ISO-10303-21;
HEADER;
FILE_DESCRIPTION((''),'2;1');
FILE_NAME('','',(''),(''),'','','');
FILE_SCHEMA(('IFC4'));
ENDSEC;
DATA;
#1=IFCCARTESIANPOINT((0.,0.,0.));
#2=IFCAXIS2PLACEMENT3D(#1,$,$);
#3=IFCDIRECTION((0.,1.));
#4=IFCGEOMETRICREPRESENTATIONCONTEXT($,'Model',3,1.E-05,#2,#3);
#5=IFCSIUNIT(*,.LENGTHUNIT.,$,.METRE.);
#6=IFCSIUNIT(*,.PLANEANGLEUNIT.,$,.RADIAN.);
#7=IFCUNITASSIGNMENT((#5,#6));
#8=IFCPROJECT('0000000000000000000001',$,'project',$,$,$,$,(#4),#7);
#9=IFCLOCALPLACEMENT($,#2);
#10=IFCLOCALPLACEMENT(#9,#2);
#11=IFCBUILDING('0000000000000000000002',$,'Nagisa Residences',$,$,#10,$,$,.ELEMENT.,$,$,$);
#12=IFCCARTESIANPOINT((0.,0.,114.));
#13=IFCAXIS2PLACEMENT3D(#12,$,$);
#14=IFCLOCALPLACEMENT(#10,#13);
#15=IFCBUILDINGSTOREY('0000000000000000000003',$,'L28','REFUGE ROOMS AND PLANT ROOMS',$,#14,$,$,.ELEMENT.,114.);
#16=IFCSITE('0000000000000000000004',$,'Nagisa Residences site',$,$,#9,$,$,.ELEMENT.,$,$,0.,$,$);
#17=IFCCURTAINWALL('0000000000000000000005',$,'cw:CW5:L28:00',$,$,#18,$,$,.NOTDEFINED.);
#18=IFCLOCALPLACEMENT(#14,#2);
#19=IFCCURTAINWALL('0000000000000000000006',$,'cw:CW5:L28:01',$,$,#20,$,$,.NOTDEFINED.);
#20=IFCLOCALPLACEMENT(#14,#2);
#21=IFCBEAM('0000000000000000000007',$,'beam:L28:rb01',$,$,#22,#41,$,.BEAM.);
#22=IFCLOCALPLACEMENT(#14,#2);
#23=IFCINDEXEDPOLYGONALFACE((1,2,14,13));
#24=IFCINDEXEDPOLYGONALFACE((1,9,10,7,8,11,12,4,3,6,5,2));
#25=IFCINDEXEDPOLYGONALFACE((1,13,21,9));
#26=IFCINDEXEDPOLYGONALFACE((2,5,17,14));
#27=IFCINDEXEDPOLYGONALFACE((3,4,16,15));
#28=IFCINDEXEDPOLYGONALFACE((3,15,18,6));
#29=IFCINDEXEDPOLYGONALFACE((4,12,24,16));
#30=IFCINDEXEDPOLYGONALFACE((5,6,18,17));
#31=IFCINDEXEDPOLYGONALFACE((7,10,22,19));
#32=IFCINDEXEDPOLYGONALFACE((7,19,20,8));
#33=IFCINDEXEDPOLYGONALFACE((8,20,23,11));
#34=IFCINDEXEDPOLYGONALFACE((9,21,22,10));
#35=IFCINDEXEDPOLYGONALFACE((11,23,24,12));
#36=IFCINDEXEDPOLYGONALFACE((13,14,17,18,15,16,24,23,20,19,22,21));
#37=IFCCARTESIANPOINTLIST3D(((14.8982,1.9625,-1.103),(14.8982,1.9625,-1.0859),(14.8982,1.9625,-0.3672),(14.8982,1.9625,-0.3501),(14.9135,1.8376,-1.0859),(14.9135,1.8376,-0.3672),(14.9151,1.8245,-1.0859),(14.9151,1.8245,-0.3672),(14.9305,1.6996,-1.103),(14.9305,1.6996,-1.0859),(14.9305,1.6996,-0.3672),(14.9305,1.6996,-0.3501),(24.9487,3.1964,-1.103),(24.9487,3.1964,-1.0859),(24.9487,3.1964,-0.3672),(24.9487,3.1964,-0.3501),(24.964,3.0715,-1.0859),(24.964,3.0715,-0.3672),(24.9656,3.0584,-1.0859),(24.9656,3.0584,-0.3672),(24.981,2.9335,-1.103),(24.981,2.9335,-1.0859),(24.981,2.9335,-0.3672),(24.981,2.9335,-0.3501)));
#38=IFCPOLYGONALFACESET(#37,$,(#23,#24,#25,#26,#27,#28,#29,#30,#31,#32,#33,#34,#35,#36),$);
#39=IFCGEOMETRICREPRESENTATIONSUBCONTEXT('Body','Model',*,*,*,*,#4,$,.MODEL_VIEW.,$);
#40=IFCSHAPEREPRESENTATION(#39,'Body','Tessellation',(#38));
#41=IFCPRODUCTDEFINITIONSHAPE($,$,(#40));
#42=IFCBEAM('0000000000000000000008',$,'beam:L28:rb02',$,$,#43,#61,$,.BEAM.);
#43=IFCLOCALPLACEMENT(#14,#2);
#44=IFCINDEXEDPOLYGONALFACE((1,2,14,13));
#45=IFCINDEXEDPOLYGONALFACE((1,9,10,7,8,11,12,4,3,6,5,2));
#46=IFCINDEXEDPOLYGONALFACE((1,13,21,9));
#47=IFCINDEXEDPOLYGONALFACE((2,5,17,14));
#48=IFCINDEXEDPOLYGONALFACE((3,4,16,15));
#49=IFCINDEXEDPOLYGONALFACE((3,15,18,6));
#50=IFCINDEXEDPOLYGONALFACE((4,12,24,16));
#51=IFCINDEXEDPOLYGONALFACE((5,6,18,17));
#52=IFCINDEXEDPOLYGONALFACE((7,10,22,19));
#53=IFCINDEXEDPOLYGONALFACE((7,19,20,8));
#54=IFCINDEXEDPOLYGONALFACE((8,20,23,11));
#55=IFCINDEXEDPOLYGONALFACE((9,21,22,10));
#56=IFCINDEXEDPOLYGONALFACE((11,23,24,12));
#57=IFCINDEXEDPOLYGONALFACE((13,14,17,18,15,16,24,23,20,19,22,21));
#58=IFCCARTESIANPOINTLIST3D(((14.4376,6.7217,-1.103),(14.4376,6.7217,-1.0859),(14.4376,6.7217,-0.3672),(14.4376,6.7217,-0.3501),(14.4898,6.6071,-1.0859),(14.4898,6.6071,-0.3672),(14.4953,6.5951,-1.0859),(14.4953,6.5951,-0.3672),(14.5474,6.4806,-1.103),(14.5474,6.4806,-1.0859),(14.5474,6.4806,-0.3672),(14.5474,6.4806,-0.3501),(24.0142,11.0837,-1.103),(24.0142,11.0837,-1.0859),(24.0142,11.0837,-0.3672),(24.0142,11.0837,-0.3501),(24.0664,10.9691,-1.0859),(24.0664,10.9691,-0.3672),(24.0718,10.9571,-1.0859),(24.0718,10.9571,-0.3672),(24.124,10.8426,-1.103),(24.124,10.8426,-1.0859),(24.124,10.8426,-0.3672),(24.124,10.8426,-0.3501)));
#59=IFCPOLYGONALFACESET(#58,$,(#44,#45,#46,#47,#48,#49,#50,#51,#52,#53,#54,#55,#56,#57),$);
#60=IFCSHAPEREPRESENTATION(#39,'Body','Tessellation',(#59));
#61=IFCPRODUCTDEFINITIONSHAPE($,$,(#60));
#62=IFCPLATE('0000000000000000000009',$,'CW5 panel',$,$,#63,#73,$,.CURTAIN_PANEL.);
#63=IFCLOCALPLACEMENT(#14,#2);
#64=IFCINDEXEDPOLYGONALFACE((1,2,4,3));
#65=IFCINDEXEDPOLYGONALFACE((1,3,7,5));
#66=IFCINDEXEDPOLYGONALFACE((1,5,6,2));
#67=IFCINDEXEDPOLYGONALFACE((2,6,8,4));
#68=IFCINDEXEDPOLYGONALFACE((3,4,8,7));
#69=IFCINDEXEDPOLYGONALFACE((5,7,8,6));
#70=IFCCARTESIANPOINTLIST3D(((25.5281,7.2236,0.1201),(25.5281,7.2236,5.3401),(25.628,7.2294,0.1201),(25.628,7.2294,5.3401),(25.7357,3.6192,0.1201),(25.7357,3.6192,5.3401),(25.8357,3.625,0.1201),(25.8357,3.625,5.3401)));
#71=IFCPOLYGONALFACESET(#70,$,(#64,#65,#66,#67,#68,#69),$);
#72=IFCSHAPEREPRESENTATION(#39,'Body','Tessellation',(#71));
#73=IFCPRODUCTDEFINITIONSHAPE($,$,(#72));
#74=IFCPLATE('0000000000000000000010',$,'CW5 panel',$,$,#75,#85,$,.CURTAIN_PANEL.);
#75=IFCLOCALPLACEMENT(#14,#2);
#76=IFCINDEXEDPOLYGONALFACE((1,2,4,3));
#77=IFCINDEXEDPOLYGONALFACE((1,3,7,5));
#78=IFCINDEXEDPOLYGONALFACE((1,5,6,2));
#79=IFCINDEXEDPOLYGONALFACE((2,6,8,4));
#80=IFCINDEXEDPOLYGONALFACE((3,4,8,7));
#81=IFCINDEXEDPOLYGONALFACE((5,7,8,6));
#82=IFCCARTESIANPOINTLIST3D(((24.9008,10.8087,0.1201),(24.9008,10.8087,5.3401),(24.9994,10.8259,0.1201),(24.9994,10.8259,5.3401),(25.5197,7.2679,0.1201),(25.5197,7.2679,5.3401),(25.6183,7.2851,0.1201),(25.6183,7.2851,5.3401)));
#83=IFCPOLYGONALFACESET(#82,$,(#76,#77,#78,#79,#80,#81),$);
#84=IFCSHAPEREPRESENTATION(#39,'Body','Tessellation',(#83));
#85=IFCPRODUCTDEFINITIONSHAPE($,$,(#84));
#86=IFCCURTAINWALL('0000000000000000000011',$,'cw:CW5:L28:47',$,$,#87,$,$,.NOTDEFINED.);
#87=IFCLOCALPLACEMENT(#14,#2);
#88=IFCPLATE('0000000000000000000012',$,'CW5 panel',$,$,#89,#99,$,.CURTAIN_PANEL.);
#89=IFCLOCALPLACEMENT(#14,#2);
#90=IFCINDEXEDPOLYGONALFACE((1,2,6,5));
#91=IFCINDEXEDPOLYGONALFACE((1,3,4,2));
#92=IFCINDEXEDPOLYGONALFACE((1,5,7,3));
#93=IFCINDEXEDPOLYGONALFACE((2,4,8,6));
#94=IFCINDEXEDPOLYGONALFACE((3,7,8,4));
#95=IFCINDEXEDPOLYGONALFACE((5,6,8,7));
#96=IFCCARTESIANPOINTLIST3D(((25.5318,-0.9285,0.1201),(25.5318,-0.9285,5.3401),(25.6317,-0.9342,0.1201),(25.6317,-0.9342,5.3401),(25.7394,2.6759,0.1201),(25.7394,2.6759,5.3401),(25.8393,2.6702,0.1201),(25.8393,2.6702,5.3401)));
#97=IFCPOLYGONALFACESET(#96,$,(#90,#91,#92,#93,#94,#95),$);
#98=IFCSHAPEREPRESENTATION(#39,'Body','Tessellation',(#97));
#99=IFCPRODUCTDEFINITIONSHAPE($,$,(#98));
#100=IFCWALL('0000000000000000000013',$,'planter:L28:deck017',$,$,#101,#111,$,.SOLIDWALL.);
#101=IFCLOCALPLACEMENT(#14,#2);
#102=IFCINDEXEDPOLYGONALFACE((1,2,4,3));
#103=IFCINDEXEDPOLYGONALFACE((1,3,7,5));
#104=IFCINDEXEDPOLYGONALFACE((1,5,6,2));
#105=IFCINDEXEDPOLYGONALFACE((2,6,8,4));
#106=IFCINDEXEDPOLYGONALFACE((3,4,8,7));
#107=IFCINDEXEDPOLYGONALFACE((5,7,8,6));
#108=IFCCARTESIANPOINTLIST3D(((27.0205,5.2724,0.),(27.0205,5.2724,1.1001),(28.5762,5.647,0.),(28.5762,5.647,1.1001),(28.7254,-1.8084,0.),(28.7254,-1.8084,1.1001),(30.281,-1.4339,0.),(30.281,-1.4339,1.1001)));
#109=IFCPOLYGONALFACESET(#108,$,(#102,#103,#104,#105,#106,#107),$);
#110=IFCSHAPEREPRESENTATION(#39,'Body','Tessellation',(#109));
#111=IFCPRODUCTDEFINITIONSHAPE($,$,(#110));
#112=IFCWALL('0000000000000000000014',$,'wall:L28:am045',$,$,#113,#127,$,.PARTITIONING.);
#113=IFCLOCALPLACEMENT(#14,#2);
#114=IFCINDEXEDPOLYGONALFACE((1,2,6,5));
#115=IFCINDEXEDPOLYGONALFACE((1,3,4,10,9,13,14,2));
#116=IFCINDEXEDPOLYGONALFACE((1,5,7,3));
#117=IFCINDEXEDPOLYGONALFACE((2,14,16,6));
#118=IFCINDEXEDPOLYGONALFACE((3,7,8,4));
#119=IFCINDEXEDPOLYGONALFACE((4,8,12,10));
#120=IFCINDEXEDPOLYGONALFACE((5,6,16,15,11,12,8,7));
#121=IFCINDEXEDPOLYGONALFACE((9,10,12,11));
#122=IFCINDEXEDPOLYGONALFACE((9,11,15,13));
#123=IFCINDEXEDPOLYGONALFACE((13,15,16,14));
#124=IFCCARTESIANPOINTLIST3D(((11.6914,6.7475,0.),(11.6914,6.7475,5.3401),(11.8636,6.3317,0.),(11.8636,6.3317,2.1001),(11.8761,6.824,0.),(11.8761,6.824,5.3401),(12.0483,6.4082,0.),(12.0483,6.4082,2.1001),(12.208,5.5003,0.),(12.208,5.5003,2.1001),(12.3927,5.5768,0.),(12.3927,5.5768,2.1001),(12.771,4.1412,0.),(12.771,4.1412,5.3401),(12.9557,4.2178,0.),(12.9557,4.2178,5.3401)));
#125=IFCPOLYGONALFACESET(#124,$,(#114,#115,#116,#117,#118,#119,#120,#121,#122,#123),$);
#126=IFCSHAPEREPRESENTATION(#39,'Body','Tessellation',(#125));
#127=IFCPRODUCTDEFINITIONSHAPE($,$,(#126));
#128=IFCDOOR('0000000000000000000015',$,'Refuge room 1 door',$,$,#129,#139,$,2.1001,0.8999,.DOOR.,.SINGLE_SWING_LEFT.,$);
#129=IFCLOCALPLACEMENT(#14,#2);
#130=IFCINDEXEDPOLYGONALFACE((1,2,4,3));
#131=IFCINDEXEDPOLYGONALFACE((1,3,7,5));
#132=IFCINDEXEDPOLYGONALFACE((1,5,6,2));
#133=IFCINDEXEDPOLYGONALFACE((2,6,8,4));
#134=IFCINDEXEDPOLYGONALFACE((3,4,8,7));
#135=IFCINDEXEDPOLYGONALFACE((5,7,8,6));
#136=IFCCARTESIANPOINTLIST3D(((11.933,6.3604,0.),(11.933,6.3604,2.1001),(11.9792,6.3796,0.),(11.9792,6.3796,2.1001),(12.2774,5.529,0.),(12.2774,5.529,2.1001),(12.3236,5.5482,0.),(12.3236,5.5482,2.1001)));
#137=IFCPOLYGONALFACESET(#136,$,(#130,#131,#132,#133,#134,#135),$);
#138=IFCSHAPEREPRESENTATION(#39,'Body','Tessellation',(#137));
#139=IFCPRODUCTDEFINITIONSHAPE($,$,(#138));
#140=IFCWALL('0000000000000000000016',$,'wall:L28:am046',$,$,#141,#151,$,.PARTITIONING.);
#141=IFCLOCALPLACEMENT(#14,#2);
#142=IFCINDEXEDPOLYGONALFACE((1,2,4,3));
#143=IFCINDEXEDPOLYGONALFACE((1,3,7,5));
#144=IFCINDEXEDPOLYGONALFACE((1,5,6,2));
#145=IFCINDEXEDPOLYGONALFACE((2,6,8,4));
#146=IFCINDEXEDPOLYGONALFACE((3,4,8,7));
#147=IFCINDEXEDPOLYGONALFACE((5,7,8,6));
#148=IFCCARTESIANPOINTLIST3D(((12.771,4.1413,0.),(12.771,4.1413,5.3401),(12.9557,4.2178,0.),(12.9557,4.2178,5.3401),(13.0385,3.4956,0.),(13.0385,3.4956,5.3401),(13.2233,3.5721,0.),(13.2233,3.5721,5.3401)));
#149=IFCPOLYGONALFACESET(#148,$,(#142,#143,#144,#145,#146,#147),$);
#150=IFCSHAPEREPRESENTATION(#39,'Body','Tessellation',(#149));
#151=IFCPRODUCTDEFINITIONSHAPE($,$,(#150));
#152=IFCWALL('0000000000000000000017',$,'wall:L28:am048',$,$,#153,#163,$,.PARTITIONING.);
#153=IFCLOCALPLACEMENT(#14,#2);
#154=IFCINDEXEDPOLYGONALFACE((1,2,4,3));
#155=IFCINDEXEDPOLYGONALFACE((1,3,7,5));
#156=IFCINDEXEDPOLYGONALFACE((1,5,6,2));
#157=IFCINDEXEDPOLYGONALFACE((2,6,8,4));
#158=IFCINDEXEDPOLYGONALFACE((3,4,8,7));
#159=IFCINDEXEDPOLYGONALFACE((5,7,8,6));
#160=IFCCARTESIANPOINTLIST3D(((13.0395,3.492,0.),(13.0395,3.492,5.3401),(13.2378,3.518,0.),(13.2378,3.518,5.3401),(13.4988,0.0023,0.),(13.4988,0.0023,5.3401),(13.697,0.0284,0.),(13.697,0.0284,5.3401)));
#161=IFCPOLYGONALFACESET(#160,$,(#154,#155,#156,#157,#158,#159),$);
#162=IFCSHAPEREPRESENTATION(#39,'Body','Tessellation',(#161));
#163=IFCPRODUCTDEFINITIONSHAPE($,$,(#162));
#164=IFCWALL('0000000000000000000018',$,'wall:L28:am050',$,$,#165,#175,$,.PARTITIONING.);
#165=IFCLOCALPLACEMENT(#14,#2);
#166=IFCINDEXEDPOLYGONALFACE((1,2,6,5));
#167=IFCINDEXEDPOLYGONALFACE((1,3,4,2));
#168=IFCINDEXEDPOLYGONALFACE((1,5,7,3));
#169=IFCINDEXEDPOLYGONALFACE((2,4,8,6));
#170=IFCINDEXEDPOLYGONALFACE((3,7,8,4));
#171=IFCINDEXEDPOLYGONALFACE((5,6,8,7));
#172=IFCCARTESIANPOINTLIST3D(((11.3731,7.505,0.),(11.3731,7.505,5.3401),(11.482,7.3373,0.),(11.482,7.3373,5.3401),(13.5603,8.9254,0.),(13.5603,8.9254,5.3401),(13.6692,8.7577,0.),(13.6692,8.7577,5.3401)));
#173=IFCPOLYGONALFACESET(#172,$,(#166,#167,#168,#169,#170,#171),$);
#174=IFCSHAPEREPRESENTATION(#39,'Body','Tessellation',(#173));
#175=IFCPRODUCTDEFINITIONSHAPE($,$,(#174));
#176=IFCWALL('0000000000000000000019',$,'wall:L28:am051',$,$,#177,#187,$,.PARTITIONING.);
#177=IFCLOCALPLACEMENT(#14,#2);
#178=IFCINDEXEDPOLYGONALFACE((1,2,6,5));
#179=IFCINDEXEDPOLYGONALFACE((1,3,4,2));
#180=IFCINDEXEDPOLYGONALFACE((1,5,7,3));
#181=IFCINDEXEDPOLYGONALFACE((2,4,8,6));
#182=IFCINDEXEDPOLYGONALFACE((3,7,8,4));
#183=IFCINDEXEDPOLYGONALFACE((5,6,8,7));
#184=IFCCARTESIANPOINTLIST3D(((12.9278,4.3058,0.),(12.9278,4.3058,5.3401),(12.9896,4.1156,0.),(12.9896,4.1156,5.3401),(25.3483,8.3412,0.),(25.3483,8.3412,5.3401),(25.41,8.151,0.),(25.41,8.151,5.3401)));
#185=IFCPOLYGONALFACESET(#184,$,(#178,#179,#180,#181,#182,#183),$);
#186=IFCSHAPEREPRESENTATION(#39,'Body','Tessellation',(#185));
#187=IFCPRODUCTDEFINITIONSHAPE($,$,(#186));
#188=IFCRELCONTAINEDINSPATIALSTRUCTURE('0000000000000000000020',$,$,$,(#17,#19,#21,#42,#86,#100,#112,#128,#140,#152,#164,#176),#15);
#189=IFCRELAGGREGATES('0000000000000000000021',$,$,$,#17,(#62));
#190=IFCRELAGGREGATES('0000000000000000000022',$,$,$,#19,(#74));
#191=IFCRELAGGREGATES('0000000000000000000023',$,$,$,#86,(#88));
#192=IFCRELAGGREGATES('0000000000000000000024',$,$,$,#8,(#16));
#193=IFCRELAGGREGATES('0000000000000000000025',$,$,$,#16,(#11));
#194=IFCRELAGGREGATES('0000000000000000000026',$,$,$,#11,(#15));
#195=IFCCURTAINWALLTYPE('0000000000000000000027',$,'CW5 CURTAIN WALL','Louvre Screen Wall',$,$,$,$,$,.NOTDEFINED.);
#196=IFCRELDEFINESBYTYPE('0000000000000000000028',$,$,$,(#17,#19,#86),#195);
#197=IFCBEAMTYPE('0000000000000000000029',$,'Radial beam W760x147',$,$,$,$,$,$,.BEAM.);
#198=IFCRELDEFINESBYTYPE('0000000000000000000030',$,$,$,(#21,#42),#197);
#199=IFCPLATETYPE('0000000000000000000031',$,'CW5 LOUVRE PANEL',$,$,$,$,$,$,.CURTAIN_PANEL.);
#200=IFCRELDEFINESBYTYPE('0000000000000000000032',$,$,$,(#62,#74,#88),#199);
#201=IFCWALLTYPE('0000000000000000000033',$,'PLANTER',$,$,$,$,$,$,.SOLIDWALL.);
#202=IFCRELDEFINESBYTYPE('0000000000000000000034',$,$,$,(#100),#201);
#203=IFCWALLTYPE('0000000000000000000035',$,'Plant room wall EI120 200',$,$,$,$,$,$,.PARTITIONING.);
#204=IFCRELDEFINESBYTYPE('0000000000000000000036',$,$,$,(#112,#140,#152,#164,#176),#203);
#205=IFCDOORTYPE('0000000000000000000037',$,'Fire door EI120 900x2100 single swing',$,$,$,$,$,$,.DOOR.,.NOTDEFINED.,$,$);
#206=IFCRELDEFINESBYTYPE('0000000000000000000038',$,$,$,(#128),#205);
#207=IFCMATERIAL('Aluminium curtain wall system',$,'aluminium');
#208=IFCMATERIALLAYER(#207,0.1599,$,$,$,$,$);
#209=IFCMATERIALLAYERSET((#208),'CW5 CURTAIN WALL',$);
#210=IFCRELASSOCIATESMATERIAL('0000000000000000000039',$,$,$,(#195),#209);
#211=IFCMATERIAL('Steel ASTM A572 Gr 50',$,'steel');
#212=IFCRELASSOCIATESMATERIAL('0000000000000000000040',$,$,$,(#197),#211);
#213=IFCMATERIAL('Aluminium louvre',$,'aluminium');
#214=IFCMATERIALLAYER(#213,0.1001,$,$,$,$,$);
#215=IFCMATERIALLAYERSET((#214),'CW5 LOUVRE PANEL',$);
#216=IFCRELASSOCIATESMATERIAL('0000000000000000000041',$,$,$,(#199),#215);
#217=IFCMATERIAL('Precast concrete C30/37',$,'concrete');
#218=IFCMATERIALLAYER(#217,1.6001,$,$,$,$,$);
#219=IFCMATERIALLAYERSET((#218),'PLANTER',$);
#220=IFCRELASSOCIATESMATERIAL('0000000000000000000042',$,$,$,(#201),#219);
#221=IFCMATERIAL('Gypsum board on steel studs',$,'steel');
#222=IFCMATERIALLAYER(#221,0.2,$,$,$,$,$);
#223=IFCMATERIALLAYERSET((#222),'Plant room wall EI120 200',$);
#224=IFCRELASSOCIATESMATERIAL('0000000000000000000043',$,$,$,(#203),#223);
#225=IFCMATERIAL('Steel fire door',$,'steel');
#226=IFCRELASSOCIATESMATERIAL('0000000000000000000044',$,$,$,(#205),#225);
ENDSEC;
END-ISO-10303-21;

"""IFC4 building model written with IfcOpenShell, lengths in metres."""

from ifc_helpers import new_model, si_unit, direction, frame, frame_2d, origin, origin_2d, place, context, subcontext, project, spatial, rectangle, i_section, extrude, material, layer, layer_set, material_profile, profile_set, type_object, element, fill, aggregate, save


model = new_model("IFC4")

# Units and contexts
model_context = context("Model", 3, precision=1e-05, world=origin(), true_north=direction((0.0, 1.0)))
body_context = subcontext(model_context, "Body", "Model", "MODEL_VIEW")
ifc_project = project(units=[si_unit("LENGTHUNIT", "METRE"), si_unit("PLANEANGLEUNIT", "RADIAN")], contexts=[model_context])

# Site, building, storey
site_placement = place(None, origin())
site = spatial("IfcSite", under=ifc_project, at=site_placement, Name="Nagisa Residences site", CompositionType="ELEMENT", RefElevation=0.0)
building_placement = place(site_placement, origin())
building = spatial("IfcBuilding", under=site, at=building_placement, Name="Nagisa Residences", CompositionType="ELEMENT")
storey_placement = place(building_placement, frame((0.0, 0.0, 114.0)))
storey = spatial("IfcBuildingStorey", under=building, at=storey_placement, Name="L28", Description="REFUGE ROOMS AND PLANT ROOMS", CompositionType="ELEMENT", Elevation=114.0)

# Curtain walls
ifc_material_1 = material(Name="Aluminium curtain wall system", Category="aluminium")
ifc_layer_1 = layer(ifc_material_1, 0.1599)
ifc_layer_set_1 = layer_set([ifc_layer_1], Name="CW5 CURTAIN WALL")
curtain_wall_type = type_object("IfcCurtainWallType", Name="CW5 CURTAIN WALL", Description="Louvre Screen Wall", PredefinedType="NOTDEFINED", material=ifc_layer_set_1)
curtain_wall_1_placement = place(storey_placement, origin())
curtain_wall_1 = element("IfcCurtainWall", 1, at=curtain_wall_1_placement, inside=storey, type_object=curtain_wall_type, Name="cw:CW5:L28:00", PredefinedType="NOTDEFINED")
curtain_wall_2_placement = place(storey_placement, origin())
curtain_wall_2 = element("IfcCurtainWall", 2, at=curtain_wall_2_placement, inside=storey, type_object=curtain_wall_type, Name="cw:CW5:L28:01", PredefinedType="NOTDEFINED")

# Beams
ifc_material_2 = material(Name="Steel ASTM A572 Gr 50", Category="steel")
ifc_material_profile_1 = material_profile(ifc_material_2, i_section(OverallWidth=0.2649, OverallDepth=0.7529, WebThickness=0.0132, FlangeThickness=0.0171, at=origin_2d()), Name="W760x147")
ifc_profile_set_1 = profile_set([ifc_material_profile_1], Name="Steel ASTM A572 Gr 50")
beam_type_1 = type_object("IfcBeamType", Name="Radial beam W760x147", PredefinedType="BEAM", material=ifc_profile_set_1)
beam_1_placement = place(storey_placement, frame((24.9648, 3.0649, -0.7266), z_axis=(-0.992548, -0.121853, 0.0), x_axis=(0.121853, -0.992548, 0.0)))
element("IfcBeam", 3, at=beam_1_placement, inside=storey, type_object=beam_type_1, Name="beam:L28:rb01", PredefinedType="BEAM", context=body_context, shape_type="SweptSolid", body=[
    extrude(i_section(OverallWidth=0.2649, OverallDepth=0.7529, WebThickness=0.0132, FlangeThickness=0.0171, at=origin_2d()), origin(), (0.0, 0.0, 1.0), 10.126),
])
beam_2_placement = place(storey_placement, frame((24.0691, 10.9631, -0.7266), z_axis=(-0.910043, -0.414514, 0.0), x_axis=(0.414514, -0.910043, 0.0)))
element("IfcBeam", 4, at=beam_2_placement, inside=storey, type_object=beam_type_1, Name="beam:L28:rb02", PredefinedType="BEAM", context=body_context, shape_type="SweptSolid", body=[
    extrude(i_section(OverallWidth=0.2649, OverallDepth=0.7529, WebThickness=0.0132, FlangeThickness=0.0171, at=origin_2d()), origin(), (0.0, 0.0, 1.0), 10.5232),
])

# Plates
ifc_material_3 = material(Name="Aluminium louvre", Category="aluminium")
ifc_layer_2 = layer(ifc_material_3, 0.1001)
ifc_layer_set_2 = layer_set([ifc_layer_2], Name="CW5 LOUVRE PANEL")
plate_type = type_object("IfcPlateType", Name="CW5 LOUVRE PANEL", PredefinedType="CURTAIN_PANEL", material=ifc_layer_set_2)
plate_1_placement = place(storey_placement, frame((25.6819, 5.4243, 0.1201), z_axis=(0.0, 0.0, 1.0), x_axis=(-0.057503, 0.998345, 0.0)))
plate_1 = element("IfcPlate", 5, at=plate_1_placement, type_object=plate_type, Name="CW5 panel", PredefinedType="CURTAIN_PANEL", context=body_context, shape_type="SweptSolid", body=[
    extrude(rectangle(XDim=3.6104, YDim=0.1001, at=origin_2d()), origin(), (0.0, 0.0, 1.0), 5.22),
])
aggregate(curtain_wall_1, [plate_1])
plate_2_placement = place(storey_placement, frame((25.2595, 9.0469, 0.1201), z_axis=(0.0, 0.0, 1.0), x_axis=(-0.172191, 0.985064, 0.0)))
plate_2 = element("IfcPlate", 6, at=plate_2_placement, type_object=plate_type, Name="CW5 panel", PredefinedType="CURTAIN_PANEL", context=body_context, shape_type="SweptSolid", body=[
    extrude(rectangle(XDim=3.5945, YDim=0.1001, at=origin_2d()), origin(), (0.0, 0.0, 1.0), 5.22),
])
aggregate(curtain_wall_2, [plate_2])

# Curtain wall, plate
curtain_wall_3_placement = place(storey_placement, origin())
curtain_wall_3 = element("IfcCurtainWall", 7, at=curtain_wall_3_placement, inside=storey, type_object=curtain_wall_type, Name="cw:CW5:L28:47", PredefinedType="NOTDEFINED")
plate_3_placement = place(storey_placement, frame((25.6855, 0.8708, 0.1201), z_axis=(0.0, 0.0, 1.0), x_axis=(0.057503, 0.998345, 0.0)))
plate_3 = element("IfcPlate", 8, at=plate_3_placement, type_object=plate_type, Name="CW5 panel", PredefinedType="CURTAIN_PANEL", context=body_context, shape_type="SweptSolid", body=[
    extrude(rectangle(XDim=3.6104, YDim=0.1001, at=origin_2d()), origin(), (0.0, 0.0, 1.0), 5.22),
])
aggregate(curtain_wall_3, [plate_3])

# Wall
ifc_material_4 = material(Name="Precast concrete C30/37", Category="concrete")
ifc_layer_3 = layer(ifc_material_4, 1.6001)
ifc_layer_set_3 = layer_set([ifc_layer_3], Name="PLANTER")
wall_type_1 = type_object("IfcWallType", Name="PLANTER", PredefinedType="SOLIDWALL", material=ifc_layer_set_3)
wall_1_placement = place(storey_placement, frame((27.7983, 5.4597, 0.0), z_axis=(0.0, 0.0, 1.0), x_axis=(0.234079, -0.972218, 0.0)))
element("IfcWall", 9, at=wall_1_placement, inside=storey, type_object=wall_type_1, Name="planter:L28:deck017", PredefinedType="SOLIDWALL", context=body_context, shape_type="SweptSolid", body=[
    extrude(rectangle(XDim=7.2832, YDim=1.6001, at=frame_2d((3.6416, 0.0))), origin(), (0.0, 0.0, 1.0), 1.1001),
])

# Wall, opening, door
ifc_material_5 = material(Name="Gypsum board on steel studs", Category="steel")
ifc_layer_4 = layer(ifc_material_5, 0.2)
ifc_layer_set_4 = layer_set([ifc_layer_4], Name="Plant room wall EI120 200")
wall_type_2 = type_object("IfcWallType", Name="Plant room wall EI120 200", PredefinedType="PARTITIONING", material=ifc_layer_set_4)
wall_2_placement = place(storey_placement, frame((11.7837, 6.7859, 0.0), z_axis=(0.0, 0.0, 1.0), x_axis=(0.382703, -0.923871, 0.0)))
wall_2 = element("IfcWall", 10, at=wall_2_placement, inside=storey, type_object=wall_type_2, Name="wall:L28:am045", PredefinedType="PARTITIONING", context=body_context, shape_type="SweptSolid", body=[
    extrude(rectangle(XDim=2.821, YDim=0.2, at=frame_2d((1.4106, 0.0))), origin(), (0.0, 0.0, 1.0), 5.3401),
])
opening_placement = place(wall_2_placement, frame((0.4502, 0.0, 0.0)))
opening = element("IfcOpeningElement", 11, at=opening_placement, cuts=wall_2, PredefinedType="OPENING", context=body_context, shape_type="SweptSolid", body=[
    extrude(rectangle(XDim=0.8999, YDim=2.1001, at=frame_2d((0.45, 1.05))), frame((0.0, 0.1099, 0.0), z_axis=(0.0, -1.0, 0.0), x_axis=(1.0, 0.0, 0.0)), (0.0, 0.0, 1.0), 0.22),
])
ifc_material_6 = material(Name="Steel fire door", Category="steel")
door_type = type_object("IfcDoorType", Name="Fire door EI120 900x2100 single swing", OperationType="NOTDEFINED", PredefinedType="DOOR", material=ifc_material_6)
door_placement = place(opening_placement, frame((0.8999, 0.0, 0.0), x_axis=(-1.0, 0.0, 0.0)))
door = element("IfcDoor", 12, at=door_placement, inside=storey, type_object=door_type, Name="Refuge room 1 door", OperationType="SINGLE_SWING_LEFT", OverallHeight=2.1001, OverallWidth=0.8999, PredefinedType="DOOR", context=body_context, shape_type="SweptSolid", body=[
    extrude(rectangle(XDim=0.8999, YDim=2.1001, at=frame_2d((0.45, 1.05))), frame((0.0, 0.0249, 0.0), z_axis=(0.0, -1.0, 0.0), x_axis=(1.0, 0.0, 0.0)), (0.0, 0.0, 1.0), 0.05),
])
fill(opening, door)

# Walls
wall_3_placement = place(storey_placement, frame((12.8633, 4.1797, 0.0), z_axis=(0.0, 0.0, 1.0), x_axis=(0.382804, -0.923829, 0.0)))
element("IfcWall", 13, at=wall_3_placement, inside=storey, type_object=wall_type_2, Name="wall:L28:am046", PredefinedType="PARTITIONING", context=body_context, shape_type="SweptSolid", body=[
    extrude(rectangle(XDim=0.699, YDim=0.2, at=frame_2d((0.3496, 0.0))), origin(), (0.0, 0.0, 1.0), 5.3401),
])
wall_4_placement = place(storey_placement, frame((13.1387, 3.5049, 0.0), z_axis=(0.0, 0.0, 1.0), x_axis=(0.130469, -0.991452, 0.0)))
element("IfcWall", 14, at=wall_4_placement, inside=storey, type_object=wall_type_2, Name="wall:L28:am048", PredefinedType="PARTITIONING", context=body_context, shape_type="SweptSolid", body=[
    extrude(rectangle(XDim=3.5198, YDim=0.2, at=frame_2d((1.7598, 0.0))), origin(), (0.0, 0.0, 1.0), 5.3401),
])
wall_5_placement = place(storey_placement, frame((13.6147, 8.8416, 0.0), z_axis=(0.0, 0.0, 1.0), x_axis=(-0.838672, -0.544636, 0.0)))
element("IfcWall", 15, at=wall_5_placement, inside=storey, type_object=wall_type_2, Name="wall:L28:am050", PredefinedType="PARTITIONING", context=body_context, shape_type="SweptSolid", body=[
    extrude(rectangle(XDim=2.6079, YDim=0.2, at=frame_2d((1.304, 0.0))), origin(), (0.0, 0.0, 1.0), 5.3401),
])
wall_6_placement = place(storey_placement, frame((25.3792, 8.2461, 0.0), z_axis=(0.0, 0.0, 1.0), x_axis=(-0.951062, -0.309001, 0.0)))
element("IfcWall", 16, at=wall_6_placement, inside=storey, type_object=wall_type_2, Name="wall:L28:am051", PredefinedType="PARTITIONING", context=body_context, shape_type="SweptSolid", body=[
    extrude(rectangle(XDim=13.0596, YDim=0.2, at=frame_2d((6.5298, 0.0))), origin(), (0.0, 0.0, 1.0), 5.3401),
])

save(model, "model.ifc")
